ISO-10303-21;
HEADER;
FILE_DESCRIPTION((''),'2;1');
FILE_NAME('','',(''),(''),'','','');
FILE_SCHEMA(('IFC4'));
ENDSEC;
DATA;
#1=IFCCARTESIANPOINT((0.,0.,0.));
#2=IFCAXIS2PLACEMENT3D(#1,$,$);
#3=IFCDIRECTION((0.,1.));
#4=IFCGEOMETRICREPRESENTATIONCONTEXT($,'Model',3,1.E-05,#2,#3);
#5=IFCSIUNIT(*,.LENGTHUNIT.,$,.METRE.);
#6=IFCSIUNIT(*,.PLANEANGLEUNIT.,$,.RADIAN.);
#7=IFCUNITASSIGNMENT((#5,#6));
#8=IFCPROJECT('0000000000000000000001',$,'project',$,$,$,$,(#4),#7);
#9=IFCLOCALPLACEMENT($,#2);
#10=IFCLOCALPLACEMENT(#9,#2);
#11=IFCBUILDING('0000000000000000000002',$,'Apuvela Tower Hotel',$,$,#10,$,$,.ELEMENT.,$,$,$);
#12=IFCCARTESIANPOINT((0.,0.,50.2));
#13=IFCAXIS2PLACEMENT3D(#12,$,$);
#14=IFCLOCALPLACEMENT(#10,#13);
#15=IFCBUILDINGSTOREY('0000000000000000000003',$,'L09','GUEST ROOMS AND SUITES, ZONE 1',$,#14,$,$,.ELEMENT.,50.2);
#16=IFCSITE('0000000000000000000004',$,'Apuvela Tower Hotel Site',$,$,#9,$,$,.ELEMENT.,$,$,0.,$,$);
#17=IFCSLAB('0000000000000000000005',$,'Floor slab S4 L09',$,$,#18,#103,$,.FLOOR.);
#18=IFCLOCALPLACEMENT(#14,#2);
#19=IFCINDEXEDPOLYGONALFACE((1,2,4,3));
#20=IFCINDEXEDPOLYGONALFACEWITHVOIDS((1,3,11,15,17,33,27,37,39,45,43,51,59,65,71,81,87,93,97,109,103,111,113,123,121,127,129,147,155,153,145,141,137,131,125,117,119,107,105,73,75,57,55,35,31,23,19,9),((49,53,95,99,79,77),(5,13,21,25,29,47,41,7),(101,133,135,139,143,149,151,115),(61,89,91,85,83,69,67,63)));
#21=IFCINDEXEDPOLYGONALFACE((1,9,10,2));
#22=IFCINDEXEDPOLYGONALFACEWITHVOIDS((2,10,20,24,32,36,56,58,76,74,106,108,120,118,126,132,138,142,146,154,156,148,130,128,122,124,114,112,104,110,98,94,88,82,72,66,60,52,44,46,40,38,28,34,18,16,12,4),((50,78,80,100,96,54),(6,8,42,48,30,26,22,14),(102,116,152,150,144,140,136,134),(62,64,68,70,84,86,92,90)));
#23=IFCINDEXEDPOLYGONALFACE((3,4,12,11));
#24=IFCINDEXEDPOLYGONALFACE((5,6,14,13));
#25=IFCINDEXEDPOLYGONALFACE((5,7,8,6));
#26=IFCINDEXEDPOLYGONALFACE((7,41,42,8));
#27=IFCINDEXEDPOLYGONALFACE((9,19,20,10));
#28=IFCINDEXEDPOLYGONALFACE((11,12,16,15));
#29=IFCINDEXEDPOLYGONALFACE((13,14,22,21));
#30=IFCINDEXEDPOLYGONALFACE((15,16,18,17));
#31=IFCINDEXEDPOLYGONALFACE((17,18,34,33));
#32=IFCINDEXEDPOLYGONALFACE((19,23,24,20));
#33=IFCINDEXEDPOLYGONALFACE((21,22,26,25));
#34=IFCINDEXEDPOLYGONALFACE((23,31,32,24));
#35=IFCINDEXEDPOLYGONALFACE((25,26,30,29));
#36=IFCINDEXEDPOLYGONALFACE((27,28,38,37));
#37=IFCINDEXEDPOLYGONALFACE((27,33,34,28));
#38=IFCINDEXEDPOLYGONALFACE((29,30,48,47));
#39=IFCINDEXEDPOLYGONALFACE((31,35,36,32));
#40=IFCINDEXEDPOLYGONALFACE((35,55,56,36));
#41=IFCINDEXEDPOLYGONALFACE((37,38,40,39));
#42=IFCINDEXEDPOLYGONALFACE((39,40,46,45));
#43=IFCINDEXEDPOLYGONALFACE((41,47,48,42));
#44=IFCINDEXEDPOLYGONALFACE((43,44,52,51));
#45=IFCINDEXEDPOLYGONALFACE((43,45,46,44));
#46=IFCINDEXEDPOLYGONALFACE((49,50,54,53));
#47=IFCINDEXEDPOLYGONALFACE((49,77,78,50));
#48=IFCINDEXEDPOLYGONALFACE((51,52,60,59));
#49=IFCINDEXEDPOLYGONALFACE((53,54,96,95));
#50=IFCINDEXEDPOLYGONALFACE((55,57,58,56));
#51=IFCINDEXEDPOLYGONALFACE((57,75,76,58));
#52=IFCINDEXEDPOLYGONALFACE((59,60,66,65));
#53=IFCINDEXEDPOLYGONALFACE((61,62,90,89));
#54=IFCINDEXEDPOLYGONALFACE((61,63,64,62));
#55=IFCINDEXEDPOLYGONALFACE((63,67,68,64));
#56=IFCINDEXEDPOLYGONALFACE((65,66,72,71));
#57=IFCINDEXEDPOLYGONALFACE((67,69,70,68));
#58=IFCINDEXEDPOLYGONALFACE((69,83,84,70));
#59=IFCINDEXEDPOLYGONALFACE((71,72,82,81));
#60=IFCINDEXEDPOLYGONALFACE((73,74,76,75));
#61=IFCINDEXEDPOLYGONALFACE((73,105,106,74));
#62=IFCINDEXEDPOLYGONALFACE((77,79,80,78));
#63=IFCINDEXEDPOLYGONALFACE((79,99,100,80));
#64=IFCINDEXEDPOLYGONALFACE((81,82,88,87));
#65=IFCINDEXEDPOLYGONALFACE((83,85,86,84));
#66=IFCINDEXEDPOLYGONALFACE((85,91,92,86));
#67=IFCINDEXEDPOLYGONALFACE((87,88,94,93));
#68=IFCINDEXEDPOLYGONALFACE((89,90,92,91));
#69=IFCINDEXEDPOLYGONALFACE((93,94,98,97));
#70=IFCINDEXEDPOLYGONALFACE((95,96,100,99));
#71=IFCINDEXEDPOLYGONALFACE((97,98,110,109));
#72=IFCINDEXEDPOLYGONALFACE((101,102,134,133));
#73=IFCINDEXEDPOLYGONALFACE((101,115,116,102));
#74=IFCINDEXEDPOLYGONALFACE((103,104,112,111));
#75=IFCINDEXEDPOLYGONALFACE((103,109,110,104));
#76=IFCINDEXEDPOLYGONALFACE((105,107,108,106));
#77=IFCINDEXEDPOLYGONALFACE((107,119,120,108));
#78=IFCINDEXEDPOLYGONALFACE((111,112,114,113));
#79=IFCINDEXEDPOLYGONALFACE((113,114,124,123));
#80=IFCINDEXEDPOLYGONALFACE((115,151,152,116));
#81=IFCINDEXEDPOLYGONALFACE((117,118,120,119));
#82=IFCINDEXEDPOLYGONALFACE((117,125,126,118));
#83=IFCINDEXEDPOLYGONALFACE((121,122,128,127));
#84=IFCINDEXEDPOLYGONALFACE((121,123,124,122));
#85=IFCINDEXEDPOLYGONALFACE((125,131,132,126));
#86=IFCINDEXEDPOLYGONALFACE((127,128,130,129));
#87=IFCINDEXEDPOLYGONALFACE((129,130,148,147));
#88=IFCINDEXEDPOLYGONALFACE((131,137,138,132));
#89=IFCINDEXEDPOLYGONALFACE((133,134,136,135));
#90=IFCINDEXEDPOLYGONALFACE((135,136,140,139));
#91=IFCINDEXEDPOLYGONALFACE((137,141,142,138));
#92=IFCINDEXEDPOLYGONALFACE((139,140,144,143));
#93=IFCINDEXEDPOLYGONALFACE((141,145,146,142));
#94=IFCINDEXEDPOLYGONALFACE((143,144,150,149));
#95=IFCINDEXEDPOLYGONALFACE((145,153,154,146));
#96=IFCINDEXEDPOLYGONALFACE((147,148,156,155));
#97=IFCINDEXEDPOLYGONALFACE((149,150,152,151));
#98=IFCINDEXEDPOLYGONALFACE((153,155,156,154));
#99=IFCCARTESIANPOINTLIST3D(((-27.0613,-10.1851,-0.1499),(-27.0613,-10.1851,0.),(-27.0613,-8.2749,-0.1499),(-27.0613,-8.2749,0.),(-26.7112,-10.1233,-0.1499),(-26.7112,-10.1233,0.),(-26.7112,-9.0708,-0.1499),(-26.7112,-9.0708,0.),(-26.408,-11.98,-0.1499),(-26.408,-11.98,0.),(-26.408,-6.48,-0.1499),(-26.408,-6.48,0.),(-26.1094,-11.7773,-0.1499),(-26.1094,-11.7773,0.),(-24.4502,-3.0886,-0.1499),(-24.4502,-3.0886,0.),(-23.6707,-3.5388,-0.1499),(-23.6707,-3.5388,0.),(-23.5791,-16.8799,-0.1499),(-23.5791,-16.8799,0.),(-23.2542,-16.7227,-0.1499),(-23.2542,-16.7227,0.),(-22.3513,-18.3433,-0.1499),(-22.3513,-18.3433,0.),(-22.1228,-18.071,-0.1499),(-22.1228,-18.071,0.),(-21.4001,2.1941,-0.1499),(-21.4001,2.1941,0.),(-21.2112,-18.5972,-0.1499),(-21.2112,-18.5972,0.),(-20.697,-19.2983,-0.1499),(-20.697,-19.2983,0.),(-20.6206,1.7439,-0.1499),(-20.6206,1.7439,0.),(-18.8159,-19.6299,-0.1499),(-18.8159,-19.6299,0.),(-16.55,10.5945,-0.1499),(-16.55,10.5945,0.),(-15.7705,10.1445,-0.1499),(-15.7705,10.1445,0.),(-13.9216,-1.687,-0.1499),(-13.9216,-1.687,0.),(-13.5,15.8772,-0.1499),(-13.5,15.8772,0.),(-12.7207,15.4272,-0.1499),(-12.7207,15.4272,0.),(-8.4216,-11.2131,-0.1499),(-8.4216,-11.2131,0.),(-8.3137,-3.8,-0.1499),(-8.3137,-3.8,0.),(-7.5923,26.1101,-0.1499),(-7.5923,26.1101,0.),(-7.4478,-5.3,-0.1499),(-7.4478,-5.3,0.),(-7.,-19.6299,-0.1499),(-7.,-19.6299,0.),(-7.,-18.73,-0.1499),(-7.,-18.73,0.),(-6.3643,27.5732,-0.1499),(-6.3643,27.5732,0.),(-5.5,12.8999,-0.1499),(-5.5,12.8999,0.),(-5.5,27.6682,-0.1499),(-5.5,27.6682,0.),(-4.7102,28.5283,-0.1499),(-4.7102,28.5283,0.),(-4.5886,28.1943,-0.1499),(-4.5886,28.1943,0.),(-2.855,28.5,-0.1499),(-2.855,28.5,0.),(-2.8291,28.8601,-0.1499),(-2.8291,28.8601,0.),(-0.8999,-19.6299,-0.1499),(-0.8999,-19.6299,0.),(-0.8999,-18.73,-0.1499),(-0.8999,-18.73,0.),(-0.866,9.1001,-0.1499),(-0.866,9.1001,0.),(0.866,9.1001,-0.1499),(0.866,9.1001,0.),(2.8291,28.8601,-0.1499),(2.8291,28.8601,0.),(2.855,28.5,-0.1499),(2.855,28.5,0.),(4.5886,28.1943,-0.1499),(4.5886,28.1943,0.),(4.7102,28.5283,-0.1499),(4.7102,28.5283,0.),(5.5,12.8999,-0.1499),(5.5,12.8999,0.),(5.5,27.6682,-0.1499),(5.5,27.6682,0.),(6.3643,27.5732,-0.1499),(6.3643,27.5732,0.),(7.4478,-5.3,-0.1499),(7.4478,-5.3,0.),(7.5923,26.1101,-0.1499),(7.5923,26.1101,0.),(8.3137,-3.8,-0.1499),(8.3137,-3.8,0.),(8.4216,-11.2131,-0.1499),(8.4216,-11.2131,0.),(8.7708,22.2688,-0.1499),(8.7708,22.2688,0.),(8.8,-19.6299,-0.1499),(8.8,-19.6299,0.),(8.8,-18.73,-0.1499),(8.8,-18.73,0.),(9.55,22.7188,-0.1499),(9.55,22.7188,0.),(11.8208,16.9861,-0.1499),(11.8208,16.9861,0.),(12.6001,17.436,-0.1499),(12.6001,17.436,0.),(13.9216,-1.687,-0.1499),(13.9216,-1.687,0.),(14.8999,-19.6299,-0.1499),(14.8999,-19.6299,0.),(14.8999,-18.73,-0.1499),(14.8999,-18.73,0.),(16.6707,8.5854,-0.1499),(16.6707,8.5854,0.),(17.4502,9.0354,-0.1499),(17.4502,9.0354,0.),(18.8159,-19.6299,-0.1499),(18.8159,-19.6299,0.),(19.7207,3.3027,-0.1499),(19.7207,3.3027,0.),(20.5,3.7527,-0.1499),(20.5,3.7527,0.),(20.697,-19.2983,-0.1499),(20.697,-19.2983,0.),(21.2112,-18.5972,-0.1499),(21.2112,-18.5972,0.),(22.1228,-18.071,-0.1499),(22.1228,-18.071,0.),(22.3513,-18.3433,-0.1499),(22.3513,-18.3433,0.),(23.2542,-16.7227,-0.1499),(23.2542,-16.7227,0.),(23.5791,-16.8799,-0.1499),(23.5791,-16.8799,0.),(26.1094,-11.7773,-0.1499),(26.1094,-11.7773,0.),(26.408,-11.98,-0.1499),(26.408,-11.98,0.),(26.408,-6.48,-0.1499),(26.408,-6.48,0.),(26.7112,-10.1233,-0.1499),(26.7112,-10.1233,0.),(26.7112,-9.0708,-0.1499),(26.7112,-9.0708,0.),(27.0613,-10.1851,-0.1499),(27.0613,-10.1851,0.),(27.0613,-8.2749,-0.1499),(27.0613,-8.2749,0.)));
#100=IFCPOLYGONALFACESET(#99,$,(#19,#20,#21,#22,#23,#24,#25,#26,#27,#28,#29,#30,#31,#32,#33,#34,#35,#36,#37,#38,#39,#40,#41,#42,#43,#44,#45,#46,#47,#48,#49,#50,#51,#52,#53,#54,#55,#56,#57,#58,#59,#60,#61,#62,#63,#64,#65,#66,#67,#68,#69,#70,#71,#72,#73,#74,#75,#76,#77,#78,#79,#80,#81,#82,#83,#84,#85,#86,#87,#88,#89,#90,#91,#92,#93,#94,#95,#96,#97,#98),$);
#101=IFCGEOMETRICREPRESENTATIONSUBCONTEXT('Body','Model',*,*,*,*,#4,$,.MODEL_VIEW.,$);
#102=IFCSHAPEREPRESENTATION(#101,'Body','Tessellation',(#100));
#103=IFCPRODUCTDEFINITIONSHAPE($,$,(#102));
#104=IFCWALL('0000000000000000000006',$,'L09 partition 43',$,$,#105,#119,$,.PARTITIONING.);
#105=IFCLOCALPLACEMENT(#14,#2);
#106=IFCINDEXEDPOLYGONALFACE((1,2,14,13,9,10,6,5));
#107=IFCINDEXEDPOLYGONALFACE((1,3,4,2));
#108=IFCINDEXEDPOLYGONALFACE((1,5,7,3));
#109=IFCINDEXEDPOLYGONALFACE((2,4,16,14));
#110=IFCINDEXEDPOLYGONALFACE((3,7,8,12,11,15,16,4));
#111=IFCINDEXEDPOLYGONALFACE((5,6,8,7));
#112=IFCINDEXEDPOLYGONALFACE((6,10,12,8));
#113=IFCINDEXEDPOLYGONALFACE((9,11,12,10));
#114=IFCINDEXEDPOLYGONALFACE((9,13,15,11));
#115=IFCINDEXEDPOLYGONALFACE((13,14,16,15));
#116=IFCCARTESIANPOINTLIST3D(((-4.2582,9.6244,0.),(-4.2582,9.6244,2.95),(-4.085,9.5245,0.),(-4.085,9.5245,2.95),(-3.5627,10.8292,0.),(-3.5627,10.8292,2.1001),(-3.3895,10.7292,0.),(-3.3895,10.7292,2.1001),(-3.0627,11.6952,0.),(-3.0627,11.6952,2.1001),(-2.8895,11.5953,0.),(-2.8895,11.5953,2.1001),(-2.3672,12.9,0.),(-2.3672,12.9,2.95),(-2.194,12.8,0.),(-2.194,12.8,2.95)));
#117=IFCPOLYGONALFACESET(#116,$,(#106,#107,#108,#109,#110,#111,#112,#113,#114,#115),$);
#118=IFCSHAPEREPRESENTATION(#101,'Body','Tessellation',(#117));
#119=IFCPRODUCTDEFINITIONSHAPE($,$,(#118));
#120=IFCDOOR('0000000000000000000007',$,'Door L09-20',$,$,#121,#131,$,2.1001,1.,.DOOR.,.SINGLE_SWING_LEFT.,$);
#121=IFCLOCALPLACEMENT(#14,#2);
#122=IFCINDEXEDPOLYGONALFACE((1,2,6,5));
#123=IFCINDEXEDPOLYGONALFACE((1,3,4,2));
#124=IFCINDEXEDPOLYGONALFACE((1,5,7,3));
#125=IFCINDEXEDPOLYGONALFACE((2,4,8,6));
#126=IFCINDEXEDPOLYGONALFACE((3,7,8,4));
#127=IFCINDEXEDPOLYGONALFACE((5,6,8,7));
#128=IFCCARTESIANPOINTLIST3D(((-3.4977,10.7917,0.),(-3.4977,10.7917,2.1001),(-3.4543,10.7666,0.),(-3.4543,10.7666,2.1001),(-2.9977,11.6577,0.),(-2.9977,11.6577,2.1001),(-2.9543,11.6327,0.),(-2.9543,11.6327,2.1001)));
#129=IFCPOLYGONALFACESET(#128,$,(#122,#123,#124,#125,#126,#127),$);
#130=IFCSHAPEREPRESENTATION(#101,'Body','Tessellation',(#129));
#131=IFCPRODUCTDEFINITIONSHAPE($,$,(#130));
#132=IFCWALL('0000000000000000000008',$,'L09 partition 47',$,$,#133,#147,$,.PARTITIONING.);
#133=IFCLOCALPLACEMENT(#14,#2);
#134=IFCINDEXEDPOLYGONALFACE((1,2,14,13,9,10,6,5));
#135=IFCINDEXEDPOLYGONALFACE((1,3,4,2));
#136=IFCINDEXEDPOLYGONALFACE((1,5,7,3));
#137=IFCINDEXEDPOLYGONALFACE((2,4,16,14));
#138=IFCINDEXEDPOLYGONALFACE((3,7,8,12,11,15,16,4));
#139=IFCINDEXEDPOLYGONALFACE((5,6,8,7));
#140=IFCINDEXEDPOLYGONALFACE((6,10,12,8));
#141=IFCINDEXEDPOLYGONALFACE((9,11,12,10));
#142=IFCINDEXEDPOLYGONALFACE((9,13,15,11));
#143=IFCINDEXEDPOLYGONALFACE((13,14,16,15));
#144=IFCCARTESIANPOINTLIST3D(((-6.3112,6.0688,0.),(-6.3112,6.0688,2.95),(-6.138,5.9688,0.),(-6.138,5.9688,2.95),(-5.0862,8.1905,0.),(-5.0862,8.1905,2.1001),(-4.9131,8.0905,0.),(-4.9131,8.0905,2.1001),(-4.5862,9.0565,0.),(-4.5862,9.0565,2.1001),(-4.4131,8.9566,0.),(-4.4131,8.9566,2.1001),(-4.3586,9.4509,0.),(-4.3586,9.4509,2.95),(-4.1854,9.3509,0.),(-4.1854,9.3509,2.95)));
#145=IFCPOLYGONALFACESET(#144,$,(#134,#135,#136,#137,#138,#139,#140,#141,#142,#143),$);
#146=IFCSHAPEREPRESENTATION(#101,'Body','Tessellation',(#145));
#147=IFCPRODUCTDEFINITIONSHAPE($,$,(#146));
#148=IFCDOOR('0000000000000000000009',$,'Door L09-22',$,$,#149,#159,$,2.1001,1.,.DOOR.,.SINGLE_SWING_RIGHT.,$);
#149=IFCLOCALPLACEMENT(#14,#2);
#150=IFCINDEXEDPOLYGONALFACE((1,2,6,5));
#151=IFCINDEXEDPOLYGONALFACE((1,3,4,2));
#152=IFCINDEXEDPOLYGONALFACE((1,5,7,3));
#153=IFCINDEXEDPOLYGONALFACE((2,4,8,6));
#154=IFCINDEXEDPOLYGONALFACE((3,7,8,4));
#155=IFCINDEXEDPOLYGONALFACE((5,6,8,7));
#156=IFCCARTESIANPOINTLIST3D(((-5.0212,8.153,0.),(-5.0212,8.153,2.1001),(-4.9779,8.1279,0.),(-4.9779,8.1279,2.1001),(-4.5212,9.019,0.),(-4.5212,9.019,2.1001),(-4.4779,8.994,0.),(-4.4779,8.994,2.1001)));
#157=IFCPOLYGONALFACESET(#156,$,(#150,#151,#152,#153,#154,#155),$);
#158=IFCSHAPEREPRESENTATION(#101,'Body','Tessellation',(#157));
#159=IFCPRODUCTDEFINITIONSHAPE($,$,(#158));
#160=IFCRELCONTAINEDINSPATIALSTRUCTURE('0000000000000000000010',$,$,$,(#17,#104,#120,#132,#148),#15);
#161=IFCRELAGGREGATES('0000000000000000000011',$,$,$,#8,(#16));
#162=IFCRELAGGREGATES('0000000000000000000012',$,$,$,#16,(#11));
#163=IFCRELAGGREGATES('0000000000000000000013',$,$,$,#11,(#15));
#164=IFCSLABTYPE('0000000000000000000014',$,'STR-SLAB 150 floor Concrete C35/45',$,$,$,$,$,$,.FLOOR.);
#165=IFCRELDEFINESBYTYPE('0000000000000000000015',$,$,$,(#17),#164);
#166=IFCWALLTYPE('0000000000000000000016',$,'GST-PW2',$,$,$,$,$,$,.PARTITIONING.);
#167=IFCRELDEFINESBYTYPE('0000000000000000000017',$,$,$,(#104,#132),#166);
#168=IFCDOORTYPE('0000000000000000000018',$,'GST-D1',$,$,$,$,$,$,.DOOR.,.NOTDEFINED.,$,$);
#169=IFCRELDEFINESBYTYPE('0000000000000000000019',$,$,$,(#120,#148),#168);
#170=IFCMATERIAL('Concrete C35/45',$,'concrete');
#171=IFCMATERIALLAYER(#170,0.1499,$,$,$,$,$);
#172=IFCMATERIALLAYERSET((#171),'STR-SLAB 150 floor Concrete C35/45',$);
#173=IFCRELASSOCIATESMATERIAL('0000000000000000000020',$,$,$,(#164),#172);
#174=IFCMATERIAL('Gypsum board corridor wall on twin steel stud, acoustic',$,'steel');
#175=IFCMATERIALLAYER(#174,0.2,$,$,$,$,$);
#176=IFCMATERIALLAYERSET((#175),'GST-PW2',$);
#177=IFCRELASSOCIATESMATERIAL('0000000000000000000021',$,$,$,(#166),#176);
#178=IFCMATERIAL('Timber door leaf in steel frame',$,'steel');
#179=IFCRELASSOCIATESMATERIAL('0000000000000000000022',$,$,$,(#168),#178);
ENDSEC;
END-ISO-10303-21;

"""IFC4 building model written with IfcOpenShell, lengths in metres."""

from ifc_helpers import new_model, si_unit, direction, frame, frame_2d, origin, place, context, subcontext, project, spatial, polyline, rectangle, outline, extrude, material, layer, layer_set, type_object, element, fill, save


model = new_model("IFC4")

# Units and contexts
model_context = context("Model", 3, precision=1e-05, world=origin(), true_north=direction((0.0, 1.0)))
body_context = subcontext(model_context, "Body", "Model", "MODEL_VIEW")
ifc_project = project(units=[si_unit("LENGTHUNIT", "METRE"), si_unit("PLANEANGLEUNIT", "RADIAN")], contexts=[model_context])

# Site, building, storey
site_placement = place(None, origin())
site = spatial("IfcSite", under=ifc_project, at=site_placement, Name="Apuvela Tower Hotel Site", CompositionType="ELEMENT", RefElevation=0.0)
building_placement = place(site_placement, origin())
building = spatial("IfcBuilding", under=site, at=building_placement, Name="Apuvela Tower Hotel", CompositionType="ELEMENT")
storey_placement = place(building_placement, frame((0.0, 0.0, 50.2)))
storey = spatial("IfcBuildingStorey", under=building, at=storey_placement, Name="L09", Description="GUEST ROOMS AND SUITES, ZONE 1", CompositionType="ELEMENT", Elevation=50.2)

# Slab
ifc_material_1 = material(Name="Concrete C35/45", Category="concrete")
ifc_layer_1 = layer(ifc_material_1, 0.1499)
ifc_layer_set_1 = layer_set([ifc_layer_1], Name="STR-SLAB 150 floor Concrete C35/45")
slab_type_1 = type_object("IfcSlabType", Name="STR-SLAB 150 floor Concrete C35/45", PredefinedType="FLOOR", material=ifc_layer_set_1)
slab_1_placement = place(storey_placement, frame((0.0, 0.0, -0.1499)))
element("IfcSlab", 1, at=slab_1_placement, inside=storey, type_object=slab_type_1, Name="Floor slab S4 L09", PredefinedType="FLOOR", context=body_context, shape_type="SweptSolid", body=[
    extrude(outline(polyline([(-6.3643, 27.5732), (-4.7102, 28.5283), (-2.8291, 28.8601), (2.8291, 28.8601), (4.7102, 28.5283), (6.3643, 27.5732), (7.5923, 26.1101), (9.55, 22.7188), (8.7708, 22.2688), (11.8208, 16.9861), (12.6001, 17.436), (17.4502, 9.0354), (16.6707, 8.5854), (19.7207, 3.3027), (20.5, 3.7527), (26.408, -6.48), (27.0613, -8.2749), (27.0613, -10.1851), (26.408, -11.98), (23.5791, -16.8799), (22.3513, -18.3433), (20.697, -19.2983), (18.8159, -19.6299), (14.8999, -19.6299), (14.8999, -18.73), (8.8, -18.73), (8.8, -19.6299), (-0.8999, -19.6299), (-0.8999, -18.73), (-7.0, -18.73), (-7.0, -19.6299), (-18.8159, -19.6299), (-20.697, -19.2983), (-22.3513, -18.3433), (-23.5791, -16.8799), (-26.408, -11.98), (-27.0613, -10.1851), (-27.0613, -8.2749), (-26.408, -6.48), (-24.4502, -3.0886), (-23.6707, -3.5388), (-20.6206, 1.7439), (-21.4001, 2.1941), (-16.55, 10.5945), (-15.7705, 10.1445), (-12.7207, 15.4272), (-13.5, 15.8772), (-7.5923, 26.1101), (-6.3643, 27.5732)]), holes=[polyline([(0.866, 9.1001), (-0.866, 9.1001), (-8.3137, -3.8), (-7.4478, -5.3), (7.4478, -5.3), (8.3137, -3.8), (0.866, 9.1001)]), polyline([(-5.5, 12.8999), (-5.5, 27.6682), (-4.5886, 28.1943), (-2.855, 28.5), (2.855, 28.5), (4.5886, 28.1943), (5.5, 27.6682), (5.5, 12.8999), (-5.5, 12.8999)]), polyline([(-8.4216, -11.2131), (-21.2112, -18.5972), (-22.1228, -18.071), (-23.2542, -16.7227), (-26.1094, -11.7773), (-26.7112, -10.1233), (-26.7112, -9.0708), (-13.9216, -1.687), (-8.4216, -11.2131)]), polyline([(13.9216, -1.687), (26.7112, -9.0708), (26.7112, -10.1233), (26.1094, -11.7773), (23.2542, -16.7227), (22.1228, -18.071), (21.2112, -18.5972), (8.4216, -11.2131), (13.9216, -1.687)])]), origin(), (0.0, 0.0, 1.0), 0.1499),
])

# Walls, openings, doors
ifc_material_2 = material(Name="Gypsum board corridor wall on twin steel stud, acoustic", Category="steel")
ifc_layer_2 = layer(ifc_material_2, 0.2)
ifc_layer_set_2 = layer_set([ifc_layer_2], Name="GST-PW2")
wall_type_1 = type_object("IfcWallType", Name="GST-PW2", PredefinedType="PARTITIONING", material=ifc_layer_set_2)
wall_1_placement = place(storey_placement, frame((-4.1716, 9.5745, 0.0), z_axis=(0.0, 0.0, 1.0), x_axis=(0.499985, 0.866034, 0.0)))
wall_1 = element("IfcWall", 2, at=wall_1_placement, inside=storey, type_object=wall_type_1, Name="L09 partition 43", PredefinedType="PARTITIONING", context=body_context, shape_type="SweptSolid", body=[
    extrude(rectangle(XDim=3.7822, YDim=0.2, at=frame_2d((1.8911, 0.0))), origin(), (0.0, 0.0, 1.0), 2.95),
])
opening_1_placement = place(wall_1_placement, frame((1.3911, 0.0, 0.0)))
opening_1 = element("IfcOpeningElement", 3, at=opening_1_placement, cuts=wall_1, PredefinedType="OPENING", context=body_context, shape_type="SweptSolid", body=[
    extrude(rectangle(XDim=1.0, YDim=2.1001, at=frame_2d((0.5, 1.05))), frame((0.0, 0.1099, 0.0), z_axis=(0.0, -1.0, 0.0), x_axis=(1.0, 0.0, 0.0)), (0.0, 0.0, 1.0), 0.22),
])
ifc_material_3 = material(Name="Timber door leaf in steel frame", Category="steel")
door_type_1 = type_object("IfcDoorType", Name="GST-D1", OperationType="NOTDEFINED", PredefinedType="DOOR", material=ifc_material_3)
door_1_placement = place(opening_1_placement, origin())
door_1 = element("IfcDoor", 4, at=door_1_placement, inside=storey, type_object=door_type_1, Name="Door L09-20", OperationType="SINGLE_SWING_LEFT", OverallHeight=2.1001, OverallWidth=1.0, PredefinedType="DOOR", context=body_context, shape_type="SweptSolid", body=[
    extrude(rectangle(XDim=1.0, YDim=2.1001, at=frame_2d((0.5, 1.05))), frame((0.0, 0.0249, 0.0), z_axis=(0.0, -1.0, 0.0), x_axis=(1.0, 0.0, 0.0)), (0.0, 0.0, 1.0), 0.05),
])
fill(opening_1, door_1)
wall_2_placement = place(storey_placement, frame((-6.2246, 6.0188, 0.0), z_axis=(0.0, 0.0, 1.0), x_axis=(0.499998, 0.866026, 0.0)))
wall_2 = element("IfcWall", 5, at=wall_2_placement, inside=storey, type_object=wall_type_1, Name="L09 partition 47", PredefinedType="PARTITIONING", context=body_context, shape_type="SweptSolid", body=[
    extrude(rectangle(XDim=3.9053, YDim=0.2, at=frame_2d((1.9526, 0.0))), origin(), (0.0, 0.0, 1.0), 2.95),
])
opening_2_placement = place(wall_2_placement, frame((2.45, 0.0, 0.0)))
opening_2 = element("IfcOpeningElement", 6, at=opening_2_placement, cuts=wall_2, PredefinedType="OPENING", context=body_context, shape_type="SweptSolid", body=[
    extrude(rectangle(XDim=1.0, YDim=2.1001, at=frame_2d((0.5, 1.05))), frame((0.0, 0.1099, 0.0), z_axis=(0.0, -1.0, 0.0), x_axis=(1.0, 0.0, 0.0)), (0.0, 0.0, 1.0), 0.22),
])
door_2_placement = place(opening_2_placement, origin())
door_2 = element("IfcDoor", 7, at=door_2_placement, inside=storey, type_object=door_type_1, Name="Door L09-22", OperationType="SINGLE_SWING_RIGHT", OverallHeight=2.1001, OverallWidth=1.0, PredefinedType="DOOR", context=body_context, shape_type="SweptSolid", body=[
    extrude(rectangle(XDim=1.0, YDim=2.1001, at=frame_2d((0.5, 1.05))), frame((0.0, 0.0249, 0.0), z_axis=(0.0, -1.0, 0.0), x_axis=(1.0, 0.0, 0.0)), (0.0, 0.0, 1.0), 0.05),
])
fill(opening_2, door_2)

save(model, "model.ifc")
